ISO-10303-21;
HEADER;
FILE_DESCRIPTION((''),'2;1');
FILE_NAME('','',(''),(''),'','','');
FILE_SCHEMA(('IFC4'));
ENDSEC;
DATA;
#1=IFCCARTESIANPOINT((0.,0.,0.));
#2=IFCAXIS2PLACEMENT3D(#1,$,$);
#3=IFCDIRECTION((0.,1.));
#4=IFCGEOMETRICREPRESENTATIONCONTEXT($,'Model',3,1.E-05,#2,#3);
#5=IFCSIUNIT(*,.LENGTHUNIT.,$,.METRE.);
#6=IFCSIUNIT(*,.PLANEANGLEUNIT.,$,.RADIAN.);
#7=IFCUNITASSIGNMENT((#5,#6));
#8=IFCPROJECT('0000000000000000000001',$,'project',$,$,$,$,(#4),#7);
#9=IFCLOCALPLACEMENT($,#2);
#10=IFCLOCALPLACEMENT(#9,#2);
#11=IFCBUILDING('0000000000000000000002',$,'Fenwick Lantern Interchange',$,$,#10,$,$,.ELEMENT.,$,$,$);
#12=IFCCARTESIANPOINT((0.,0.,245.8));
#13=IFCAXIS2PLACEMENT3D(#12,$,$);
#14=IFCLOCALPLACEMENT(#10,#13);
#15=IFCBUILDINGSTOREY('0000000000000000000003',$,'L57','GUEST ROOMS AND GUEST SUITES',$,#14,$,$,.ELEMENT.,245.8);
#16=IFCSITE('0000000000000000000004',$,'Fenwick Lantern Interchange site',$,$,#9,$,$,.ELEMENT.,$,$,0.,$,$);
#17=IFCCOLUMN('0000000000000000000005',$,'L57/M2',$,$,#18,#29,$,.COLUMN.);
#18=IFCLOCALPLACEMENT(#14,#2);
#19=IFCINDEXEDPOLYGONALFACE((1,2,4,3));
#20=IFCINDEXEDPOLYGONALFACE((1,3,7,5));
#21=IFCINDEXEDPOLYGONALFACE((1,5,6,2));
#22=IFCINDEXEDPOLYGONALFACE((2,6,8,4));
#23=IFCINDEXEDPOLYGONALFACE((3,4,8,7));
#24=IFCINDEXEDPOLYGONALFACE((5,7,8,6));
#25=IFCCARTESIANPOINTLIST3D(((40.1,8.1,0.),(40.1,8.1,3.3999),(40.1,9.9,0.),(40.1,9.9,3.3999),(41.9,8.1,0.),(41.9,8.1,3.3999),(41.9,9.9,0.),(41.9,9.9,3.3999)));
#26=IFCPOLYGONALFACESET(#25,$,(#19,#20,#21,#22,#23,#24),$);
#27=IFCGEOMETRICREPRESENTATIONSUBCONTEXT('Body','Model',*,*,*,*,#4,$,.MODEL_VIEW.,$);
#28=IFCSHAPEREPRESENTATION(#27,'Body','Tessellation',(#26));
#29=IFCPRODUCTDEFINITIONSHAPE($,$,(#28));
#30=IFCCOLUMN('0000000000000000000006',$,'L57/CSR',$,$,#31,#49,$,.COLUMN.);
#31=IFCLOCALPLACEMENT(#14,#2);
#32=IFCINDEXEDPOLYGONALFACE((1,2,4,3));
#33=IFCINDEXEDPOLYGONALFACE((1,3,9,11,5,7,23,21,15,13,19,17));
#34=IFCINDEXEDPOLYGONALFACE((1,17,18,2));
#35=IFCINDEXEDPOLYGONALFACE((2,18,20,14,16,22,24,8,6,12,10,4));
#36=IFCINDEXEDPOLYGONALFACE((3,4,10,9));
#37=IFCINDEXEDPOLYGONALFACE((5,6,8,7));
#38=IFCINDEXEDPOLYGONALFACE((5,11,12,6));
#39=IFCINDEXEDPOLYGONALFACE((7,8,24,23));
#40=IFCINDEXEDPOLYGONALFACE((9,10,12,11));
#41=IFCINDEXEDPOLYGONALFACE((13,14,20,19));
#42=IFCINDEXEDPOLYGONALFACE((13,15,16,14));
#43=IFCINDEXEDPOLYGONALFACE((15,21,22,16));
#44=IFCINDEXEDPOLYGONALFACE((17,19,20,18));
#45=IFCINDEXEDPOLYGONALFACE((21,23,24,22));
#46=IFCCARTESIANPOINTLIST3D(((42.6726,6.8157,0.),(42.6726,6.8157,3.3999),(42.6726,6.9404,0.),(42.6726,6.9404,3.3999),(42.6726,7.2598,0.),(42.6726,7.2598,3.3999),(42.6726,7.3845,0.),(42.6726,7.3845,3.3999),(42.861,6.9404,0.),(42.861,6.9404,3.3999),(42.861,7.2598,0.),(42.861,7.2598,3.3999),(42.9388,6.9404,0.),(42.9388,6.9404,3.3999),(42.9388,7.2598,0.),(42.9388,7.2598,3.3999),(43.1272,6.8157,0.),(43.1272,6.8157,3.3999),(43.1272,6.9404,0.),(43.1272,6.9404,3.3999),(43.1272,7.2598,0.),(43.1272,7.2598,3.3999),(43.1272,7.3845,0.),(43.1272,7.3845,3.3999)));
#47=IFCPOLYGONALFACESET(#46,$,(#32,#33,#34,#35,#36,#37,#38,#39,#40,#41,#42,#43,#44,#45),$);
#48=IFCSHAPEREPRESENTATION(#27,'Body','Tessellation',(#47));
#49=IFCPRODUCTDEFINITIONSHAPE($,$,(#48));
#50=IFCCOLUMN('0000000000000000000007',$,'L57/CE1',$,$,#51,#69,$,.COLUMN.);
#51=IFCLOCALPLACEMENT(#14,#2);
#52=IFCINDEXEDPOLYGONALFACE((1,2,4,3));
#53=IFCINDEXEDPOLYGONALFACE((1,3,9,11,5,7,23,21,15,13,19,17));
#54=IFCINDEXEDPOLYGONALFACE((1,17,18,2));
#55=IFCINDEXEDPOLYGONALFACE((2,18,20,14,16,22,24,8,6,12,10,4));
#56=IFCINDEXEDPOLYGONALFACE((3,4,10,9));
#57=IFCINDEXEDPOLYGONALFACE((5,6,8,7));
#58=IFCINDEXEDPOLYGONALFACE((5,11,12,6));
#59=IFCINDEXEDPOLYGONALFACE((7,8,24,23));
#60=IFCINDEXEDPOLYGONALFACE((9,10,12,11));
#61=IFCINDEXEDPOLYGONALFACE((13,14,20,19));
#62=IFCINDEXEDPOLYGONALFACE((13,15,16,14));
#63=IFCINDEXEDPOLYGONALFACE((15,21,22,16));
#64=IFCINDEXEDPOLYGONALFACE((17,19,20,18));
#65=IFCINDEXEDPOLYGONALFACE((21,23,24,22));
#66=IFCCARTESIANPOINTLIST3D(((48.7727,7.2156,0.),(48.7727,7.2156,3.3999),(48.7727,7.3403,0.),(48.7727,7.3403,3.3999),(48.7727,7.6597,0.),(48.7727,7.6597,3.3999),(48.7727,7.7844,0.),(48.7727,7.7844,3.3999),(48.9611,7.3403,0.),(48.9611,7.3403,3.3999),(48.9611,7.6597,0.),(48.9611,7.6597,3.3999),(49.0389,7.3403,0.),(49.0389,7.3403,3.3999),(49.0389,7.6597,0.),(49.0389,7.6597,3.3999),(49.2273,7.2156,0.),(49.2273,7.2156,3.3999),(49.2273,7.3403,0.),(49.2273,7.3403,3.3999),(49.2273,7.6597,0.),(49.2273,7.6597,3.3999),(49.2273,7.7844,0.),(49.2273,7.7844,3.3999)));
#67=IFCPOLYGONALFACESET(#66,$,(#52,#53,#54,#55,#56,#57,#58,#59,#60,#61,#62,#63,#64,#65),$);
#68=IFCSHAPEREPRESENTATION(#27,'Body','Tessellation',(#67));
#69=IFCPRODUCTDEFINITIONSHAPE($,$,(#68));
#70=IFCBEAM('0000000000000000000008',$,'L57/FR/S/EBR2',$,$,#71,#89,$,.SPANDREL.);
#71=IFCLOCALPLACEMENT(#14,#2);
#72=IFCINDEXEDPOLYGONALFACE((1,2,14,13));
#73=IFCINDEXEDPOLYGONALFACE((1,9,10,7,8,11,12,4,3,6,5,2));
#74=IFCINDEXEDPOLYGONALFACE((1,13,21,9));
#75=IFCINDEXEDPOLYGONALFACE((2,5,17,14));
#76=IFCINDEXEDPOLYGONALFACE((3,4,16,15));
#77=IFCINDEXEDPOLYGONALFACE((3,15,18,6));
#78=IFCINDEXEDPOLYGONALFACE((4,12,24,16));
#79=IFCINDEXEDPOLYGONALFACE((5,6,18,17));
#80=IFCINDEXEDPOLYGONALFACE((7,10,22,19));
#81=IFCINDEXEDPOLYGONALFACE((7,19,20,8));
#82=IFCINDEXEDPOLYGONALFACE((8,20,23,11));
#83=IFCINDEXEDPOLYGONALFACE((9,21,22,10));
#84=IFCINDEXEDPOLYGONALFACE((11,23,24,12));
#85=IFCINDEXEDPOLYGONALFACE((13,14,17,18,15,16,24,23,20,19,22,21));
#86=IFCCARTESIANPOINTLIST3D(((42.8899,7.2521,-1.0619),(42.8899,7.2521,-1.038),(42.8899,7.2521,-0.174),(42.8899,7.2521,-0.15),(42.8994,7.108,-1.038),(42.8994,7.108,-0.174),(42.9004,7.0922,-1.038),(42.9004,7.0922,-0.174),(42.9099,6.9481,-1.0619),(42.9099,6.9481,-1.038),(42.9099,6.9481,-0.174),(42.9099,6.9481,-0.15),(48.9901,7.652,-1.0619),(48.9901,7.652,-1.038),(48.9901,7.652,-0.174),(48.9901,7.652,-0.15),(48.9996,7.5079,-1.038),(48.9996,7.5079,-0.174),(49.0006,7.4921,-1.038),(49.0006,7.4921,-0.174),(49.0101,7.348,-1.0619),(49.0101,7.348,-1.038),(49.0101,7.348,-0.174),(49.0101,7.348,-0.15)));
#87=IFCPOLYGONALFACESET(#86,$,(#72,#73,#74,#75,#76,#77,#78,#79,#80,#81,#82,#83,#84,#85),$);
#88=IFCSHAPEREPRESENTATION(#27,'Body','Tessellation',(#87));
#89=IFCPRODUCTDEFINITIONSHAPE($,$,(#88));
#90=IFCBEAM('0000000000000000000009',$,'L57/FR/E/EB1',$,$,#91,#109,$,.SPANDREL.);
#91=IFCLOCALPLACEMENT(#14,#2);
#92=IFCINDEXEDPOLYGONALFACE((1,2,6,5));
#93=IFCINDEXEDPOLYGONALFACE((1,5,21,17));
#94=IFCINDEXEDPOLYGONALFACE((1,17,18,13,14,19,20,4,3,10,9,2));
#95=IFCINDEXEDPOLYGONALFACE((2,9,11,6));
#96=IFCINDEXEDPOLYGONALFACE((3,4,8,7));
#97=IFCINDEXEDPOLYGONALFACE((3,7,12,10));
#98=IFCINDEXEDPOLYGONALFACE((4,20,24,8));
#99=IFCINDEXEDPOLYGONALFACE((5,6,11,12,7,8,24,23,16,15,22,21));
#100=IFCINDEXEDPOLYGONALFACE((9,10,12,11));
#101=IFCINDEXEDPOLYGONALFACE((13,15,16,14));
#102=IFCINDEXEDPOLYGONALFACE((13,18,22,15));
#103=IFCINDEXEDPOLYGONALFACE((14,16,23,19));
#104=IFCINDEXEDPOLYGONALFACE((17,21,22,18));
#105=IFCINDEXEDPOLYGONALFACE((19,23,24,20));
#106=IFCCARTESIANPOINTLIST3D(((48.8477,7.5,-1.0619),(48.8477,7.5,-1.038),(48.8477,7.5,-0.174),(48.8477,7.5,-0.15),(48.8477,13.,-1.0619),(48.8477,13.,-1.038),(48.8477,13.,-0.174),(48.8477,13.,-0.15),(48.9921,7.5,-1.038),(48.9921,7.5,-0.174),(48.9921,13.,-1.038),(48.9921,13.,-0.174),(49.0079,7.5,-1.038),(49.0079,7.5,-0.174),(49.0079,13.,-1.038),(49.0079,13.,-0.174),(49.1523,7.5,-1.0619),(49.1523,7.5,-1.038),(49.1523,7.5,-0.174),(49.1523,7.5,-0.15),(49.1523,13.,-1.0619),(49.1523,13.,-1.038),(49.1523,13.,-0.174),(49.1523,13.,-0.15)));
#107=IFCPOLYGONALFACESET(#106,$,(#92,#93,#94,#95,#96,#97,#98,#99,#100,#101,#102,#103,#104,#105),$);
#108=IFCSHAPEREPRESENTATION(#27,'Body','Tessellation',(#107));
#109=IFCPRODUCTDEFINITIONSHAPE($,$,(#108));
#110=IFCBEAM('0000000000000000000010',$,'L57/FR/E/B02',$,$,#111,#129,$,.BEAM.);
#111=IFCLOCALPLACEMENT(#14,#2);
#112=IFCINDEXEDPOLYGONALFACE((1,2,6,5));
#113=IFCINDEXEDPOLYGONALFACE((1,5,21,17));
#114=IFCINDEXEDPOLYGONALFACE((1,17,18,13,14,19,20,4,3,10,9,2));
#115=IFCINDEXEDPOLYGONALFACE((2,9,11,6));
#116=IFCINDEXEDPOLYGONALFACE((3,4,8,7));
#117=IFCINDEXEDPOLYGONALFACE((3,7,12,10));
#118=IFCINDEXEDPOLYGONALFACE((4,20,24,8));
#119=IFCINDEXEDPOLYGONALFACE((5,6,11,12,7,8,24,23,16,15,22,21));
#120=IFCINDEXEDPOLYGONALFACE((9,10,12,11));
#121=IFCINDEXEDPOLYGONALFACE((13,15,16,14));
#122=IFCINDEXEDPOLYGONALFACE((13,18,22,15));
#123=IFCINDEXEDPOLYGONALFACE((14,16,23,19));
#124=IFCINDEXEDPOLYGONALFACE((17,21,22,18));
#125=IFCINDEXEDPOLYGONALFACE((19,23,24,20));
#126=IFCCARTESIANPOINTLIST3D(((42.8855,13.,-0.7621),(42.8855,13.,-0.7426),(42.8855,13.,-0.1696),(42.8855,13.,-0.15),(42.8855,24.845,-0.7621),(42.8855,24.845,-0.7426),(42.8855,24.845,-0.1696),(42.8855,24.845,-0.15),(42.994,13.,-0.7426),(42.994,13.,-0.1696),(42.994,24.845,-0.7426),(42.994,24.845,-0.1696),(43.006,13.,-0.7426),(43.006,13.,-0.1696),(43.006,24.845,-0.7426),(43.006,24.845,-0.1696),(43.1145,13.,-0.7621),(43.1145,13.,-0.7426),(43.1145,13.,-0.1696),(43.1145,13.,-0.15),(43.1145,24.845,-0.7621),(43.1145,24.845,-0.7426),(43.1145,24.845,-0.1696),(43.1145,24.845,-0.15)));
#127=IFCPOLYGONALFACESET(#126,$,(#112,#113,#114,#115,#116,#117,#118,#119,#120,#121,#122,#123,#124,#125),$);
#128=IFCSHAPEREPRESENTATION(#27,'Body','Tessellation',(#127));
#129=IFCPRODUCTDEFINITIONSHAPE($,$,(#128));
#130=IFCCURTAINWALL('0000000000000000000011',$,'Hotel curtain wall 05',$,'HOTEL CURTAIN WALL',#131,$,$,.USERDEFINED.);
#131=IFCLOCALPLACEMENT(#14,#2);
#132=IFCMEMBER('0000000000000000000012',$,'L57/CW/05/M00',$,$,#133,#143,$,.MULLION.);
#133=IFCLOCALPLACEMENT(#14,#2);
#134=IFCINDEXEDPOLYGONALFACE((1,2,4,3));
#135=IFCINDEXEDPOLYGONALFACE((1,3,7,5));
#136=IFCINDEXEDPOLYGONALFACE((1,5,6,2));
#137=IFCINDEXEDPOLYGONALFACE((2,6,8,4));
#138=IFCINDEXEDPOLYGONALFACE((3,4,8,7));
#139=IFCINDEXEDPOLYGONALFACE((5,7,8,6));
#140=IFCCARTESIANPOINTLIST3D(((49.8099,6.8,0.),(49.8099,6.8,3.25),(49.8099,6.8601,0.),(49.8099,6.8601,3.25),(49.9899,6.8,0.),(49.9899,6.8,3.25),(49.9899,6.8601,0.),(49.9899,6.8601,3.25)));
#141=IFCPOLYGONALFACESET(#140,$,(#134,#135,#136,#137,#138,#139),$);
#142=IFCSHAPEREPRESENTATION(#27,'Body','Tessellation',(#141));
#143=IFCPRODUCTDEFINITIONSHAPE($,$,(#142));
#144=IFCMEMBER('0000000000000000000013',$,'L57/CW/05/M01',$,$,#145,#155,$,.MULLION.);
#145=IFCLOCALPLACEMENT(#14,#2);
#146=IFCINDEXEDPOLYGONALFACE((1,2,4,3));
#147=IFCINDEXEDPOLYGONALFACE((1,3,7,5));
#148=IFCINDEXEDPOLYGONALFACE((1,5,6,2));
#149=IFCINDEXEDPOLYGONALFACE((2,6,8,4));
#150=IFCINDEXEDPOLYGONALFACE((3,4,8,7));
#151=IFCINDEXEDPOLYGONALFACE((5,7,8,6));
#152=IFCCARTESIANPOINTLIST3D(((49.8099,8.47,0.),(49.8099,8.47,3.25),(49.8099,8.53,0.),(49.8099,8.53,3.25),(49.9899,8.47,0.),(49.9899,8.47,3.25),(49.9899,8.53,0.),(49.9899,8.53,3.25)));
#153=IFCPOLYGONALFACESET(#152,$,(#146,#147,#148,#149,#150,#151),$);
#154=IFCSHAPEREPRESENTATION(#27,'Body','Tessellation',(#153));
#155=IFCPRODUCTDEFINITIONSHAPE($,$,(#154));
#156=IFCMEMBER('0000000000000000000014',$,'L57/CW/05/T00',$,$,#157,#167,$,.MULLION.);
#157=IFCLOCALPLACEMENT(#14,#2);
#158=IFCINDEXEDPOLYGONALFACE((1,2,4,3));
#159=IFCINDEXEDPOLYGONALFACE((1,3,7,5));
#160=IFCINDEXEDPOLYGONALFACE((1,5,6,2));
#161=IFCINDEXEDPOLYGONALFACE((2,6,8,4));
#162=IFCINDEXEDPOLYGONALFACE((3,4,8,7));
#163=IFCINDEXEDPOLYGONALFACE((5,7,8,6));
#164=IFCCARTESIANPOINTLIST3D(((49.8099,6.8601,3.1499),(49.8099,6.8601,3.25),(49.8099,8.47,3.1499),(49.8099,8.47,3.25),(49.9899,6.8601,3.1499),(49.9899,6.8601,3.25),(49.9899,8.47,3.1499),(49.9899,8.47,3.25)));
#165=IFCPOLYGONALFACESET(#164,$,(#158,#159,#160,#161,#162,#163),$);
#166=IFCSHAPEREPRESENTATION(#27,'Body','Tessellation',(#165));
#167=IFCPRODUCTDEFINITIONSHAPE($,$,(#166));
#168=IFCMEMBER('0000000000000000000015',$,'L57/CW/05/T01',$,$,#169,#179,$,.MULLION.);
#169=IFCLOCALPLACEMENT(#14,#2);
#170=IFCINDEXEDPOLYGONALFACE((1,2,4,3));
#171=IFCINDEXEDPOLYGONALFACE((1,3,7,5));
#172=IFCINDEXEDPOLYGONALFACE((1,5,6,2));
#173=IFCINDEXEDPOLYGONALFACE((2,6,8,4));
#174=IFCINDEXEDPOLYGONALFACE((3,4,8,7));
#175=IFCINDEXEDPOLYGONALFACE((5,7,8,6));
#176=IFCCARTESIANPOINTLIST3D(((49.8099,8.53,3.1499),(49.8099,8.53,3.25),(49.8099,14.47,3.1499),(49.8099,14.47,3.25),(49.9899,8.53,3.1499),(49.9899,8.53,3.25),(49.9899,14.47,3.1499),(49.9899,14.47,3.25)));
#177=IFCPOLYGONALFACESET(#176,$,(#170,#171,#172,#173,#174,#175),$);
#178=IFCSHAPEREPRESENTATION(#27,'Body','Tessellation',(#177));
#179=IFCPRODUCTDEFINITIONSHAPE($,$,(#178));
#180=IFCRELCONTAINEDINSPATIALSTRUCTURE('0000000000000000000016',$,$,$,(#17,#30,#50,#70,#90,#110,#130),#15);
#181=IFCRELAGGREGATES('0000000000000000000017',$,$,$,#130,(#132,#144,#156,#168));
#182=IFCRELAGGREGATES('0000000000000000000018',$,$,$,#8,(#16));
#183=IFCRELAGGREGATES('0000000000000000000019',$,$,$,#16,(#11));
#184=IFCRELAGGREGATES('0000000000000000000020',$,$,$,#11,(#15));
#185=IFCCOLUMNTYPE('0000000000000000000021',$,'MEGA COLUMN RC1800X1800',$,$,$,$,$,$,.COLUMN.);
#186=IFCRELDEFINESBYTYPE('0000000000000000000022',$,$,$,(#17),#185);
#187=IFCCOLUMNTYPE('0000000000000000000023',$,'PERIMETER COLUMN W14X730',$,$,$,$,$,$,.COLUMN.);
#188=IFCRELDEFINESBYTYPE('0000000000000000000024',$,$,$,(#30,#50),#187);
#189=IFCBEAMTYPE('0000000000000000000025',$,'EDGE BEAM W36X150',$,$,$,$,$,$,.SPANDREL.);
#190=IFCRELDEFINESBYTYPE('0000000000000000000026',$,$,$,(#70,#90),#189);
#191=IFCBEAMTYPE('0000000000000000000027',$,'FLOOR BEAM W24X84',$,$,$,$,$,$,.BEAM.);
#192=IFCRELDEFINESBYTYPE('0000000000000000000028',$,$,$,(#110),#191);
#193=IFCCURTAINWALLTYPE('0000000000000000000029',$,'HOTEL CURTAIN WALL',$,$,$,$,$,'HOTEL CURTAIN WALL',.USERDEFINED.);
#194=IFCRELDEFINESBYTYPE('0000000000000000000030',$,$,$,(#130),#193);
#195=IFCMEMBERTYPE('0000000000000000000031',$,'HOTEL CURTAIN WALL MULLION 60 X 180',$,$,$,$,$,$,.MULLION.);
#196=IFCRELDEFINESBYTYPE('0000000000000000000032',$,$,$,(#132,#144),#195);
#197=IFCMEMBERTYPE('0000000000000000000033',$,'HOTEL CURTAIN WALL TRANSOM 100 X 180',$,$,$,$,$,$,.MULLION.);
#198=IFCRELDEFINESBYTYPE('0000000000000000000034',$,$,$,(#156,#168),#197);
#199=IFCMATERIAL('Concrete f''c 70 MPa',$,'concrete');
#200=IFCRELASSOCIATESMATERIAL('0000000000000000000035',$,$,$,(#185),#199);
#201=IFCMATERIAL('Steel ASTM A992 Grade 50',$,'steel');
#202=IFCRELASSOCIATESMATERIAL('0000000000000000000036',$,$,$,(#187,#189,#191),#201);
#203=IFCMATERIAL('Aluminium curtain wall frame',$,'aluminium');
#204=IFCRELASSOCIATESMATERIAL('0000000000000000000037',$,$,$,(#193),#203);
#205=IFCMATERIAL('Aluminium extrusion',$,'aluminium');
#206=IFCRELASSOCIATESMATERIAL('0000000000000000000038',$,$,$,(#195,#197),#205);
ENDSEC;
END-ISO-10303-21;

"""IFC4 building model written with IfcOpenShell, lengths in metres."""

from ifc_helpers import new_model, si_unit, direction, frame, origin, origin_2d, place, context, subcontext, project, spatial, rectangle, i_section, extrude, material, material_profile, profile_set, type_object, element, aggregate, save


model = new_model("IFC4")

# Units and contexts
model_context = context("Model", 3, precision=1e-05, world=origin(), true_north=direction((0.0, 1.0)))
body_context = subcontext(model_context, "Body", "Model", "MODEL_VIEW")
ifc_project = project(units=[si_unit("LENGTHUNIT", "METRE"), si_unit("PLANEANGLEUNIT", "RADIAN")], contexts=[model_context])

# Site, building, storey
site_placement = place(None, origin())
site = spatial("IfcSite", under=ifc_project, at=site_placement, Name="Fenwick Lantern Interchange site", CompositionType="ELEMENT", RefElevation=0.0)
building_placement = place(site_placement, origin())
building = spatial("IfcBuilding", under=site, at=building_placement, Name="Fenwick Lantern Interchange", CompositionType="ELEMENT")
storey_placement = place(building_placement, frame((0.0, 0.0, 245.8)))
storey = spatial("IfcBuildingStorey", under=building, at=storey_placement, Name="L57", Description="GUEST ROOMS AND GUEST SUITES", CompositionType="ELEMENT", Elevation=245.8)

# Columns
ifc_material_1 = material(Name="Concrete f'c 70 MPa", Category="concrete")
ifc_material_profile_1 = material_profile(ifc_material_1, rectangle(XDim=1.8, YDim=1.8, at=origin_2d()), Name="RC1800X1800")
ifc_profile_set_1 = profile_set([ifc_material_profile_1], Name="Concrete f'c 70 MPa")
column_type_1 = type_object("IfcColumnType", Name="MEGA COLUMN RC1800X1800", PredefinedType="COLUMN", material=ifc_profile_set_1)
column_placement = place(storey_placement, frame((41.0, 9.0, 0.0), z_axis=(0.0, 0.0, 1.0), x_axis=(1.0, 0.0, 0.0)))
element("IfcColumn", 1, at=column_placement, inside=storey, type_object=column_type_1, Name="L57/M2", PredefinedType="COLUMN", context=body_context, shape_type="SweptSolid", body=[
    extrude(rectangle(XDim=1.8, YDim=1.8, at=origin_2d()), origin(), (0.0, 0.0, 1.0), 3.3999),
])
ifc_material_2 = material(Name="Steel ASTM A992 Grade 50", Category="steel")
ifc_material_profile_2 = material_profile(ifc_material_2, i_section(OverallWidth=0.4546, OverallDepth=0.5688, WebThickness=0.0779, FlangeThickness=0.1248, at=origin_2d()), Name="W14X730")
ifc_profile_set_2 = profile_set([ifc_material_profile_2], Name="Steel ASTM A992 Grade 50")
column_type_2 = type_object("IfcColumnType", Name="PERIMETER COLUMN W14X730", PredefinedType="COLUMN", material=ifc_profile_set_2)
for number, where, z_axis, x_axis, name in (
    (2, (42.8999, 7.1001, 0.0), (0.0, 0.0, 1.0), (1.0, 0.0, 0.0), "L57/CSR"),
    (3, (49.0, 7.5, 0.0), (0.0, 0.0, 1.0), (1.0, 0.0, 0.0), "L57/CE1"),
):
    element("IfcColumn", number, at=place(storey_placement, frame(where, z_axis=z_axis, x_axis=x_axis)), inside=storey, type_object=column_type_2, Name=name, PredefinedType="COLUMN", context=body_context, shape_type="SweptSolid", body=[
        extrude(i_section(OverallWidth=0.4546, OverallDepth=0.5688, WebThickness=0.0779, FlangeThickness=0.1248, at=origin_2d()), origin(), (0.0, 0.0, 1.0), 3.3999),
    ])

# Beams
ifc_material_profile_3 = material_profile(ifc_material_2, i_section(OverallWidth=0.3047, OverallDepth=0.9119, WebThickness=0.0159, FlangeThickness=0.0239, at=origin_2d()), Name="W36X150")
ifc_profile_set_3 = profile_set([ifc_material_profile_3], Name="Steel ASTM A992 Grade 50")
beam_type_1 = type_object("IfcBeamType", Name="EDGE BEAM W36X150", PredefinedType="SPANDREL", material=ifc_profile_set_3)
beam_1_placement = place(storey_placement, frame((42.8999, 7.1001, -0.606), z_axis=(0.997858, 0.065416, 0.0), x_axis=(-0.065416, 0.997858, 0.0)))
element("IfcBeam", 4, at=beam_1_placement, inside=storey, type_object=beam_type_1, Name="L57/FR/S/EBR2", PredefinedType="SPANDREL", context=body_context, shape_type="SweptSolid", body=[
    extrude(i_section(OverallWidth=0.3047, OverallDepth=0.9119, WebThickness=0.0159, FlangeThickness=0.0239, at=origin_2d()), origin(), (0.0, 0.0, 1.0), 6.1133),
])
beam_2_placement = place(storey_placement, frame((49.0, 7.5, -0.606), z_axis=(0.0, 1.0, 0.0), x_axis=(-1.0, 0.0, 0.0)))
element("IfcBeam", 5, at=beam_2_placement, inside=storey, type_object=beam_type_1, Name="L57/FR/E/EB1", PredefinedType="SPANDREL", context=body_context, shape_type="SweptSolid", body=[
    extrude(i_section(OverallWidth=0.3047, OverallDepth=0.9119, WebThickness=0.0159, FlangeThickness=0.0239, at=origin_2d()), origin(), (0.0, 0.0, 1.0), 5.5),
])
ifc_material_profile_4 = material_profile(ifc_material_2, i_section(OverallWidth=0.229, OverallDepth=0.6121, WebThickness=0.012, FlangeThickness=0.0195, at=origin_2d()), Name="W24X84")
ifc_profile_set_4 = profile_set([ifc_material_profile_4], Name="Steel ASTM A992 Grade 50")
beam_type_2 = type_object("IfcBeamType", Name="FLOOR BEAM W24X84", PredefinedType="BEAM", material=ifc_profile_set_4)
beam_3_placement = place(storey_placement, frame((43.0, 13.0, -0.4561), z_axis=(0.0, 1.0, 0.0), x_axis=(-1.0, 0.0, 0.0)))
element("IfcBeam", 6, at=beam_3_placement, inside=storey, type_object=beam_type_2, Name="L57/FR/E/B02", PredefinedType="BEAM", context=body_context, shape_type="SweptSolid", body=[
    extrude(i_section(OverallWidth=0.229, OverallDepth=0.6121, WebThickness=0.012, FlangeThickness=0.0195, at=origin_2d()), origin(), (0.0, 0.0, 1.0), 11.845),
])

# Curtain wall, members
ifc_material_3 = material(Name="Aluminium curtain wall frame", Category="aluminium")
curtain_wall_type = type_object("IfcCurtainWallType", Name="HOTEL CURTAIN WALL", ElementType="HOTEL CURTAIN WALL", PredefinedType="USERDEFINED", material=ifc_material_3)
curtain_wall_placement = place(storey_placement, origin())
curtain_wall = element("IfcCurtainWall", 7, at=curtain_wall_placement, inside=storey, type_object=curtain_wall_type, Name="Hotel curtain wall 05", ObjectType="HOTEL CURTAIN WALL", PredefinedType="USERDEFINED")
ifc_material_4 = material(Name="Aluminium extrusion", Category="aluminium")
ifc_material_profile_5 = material_profile(ifc_material_4, rectangle(XDim=0.1799, YDim=0.0601, at=origin_2d()), Name="HOTEL CURTAIN WALL MULLION 60 X 180")
ifc_profile_set_5 = profile_set([ifc_material_profile_5], Name="Aluminium extrusion")
member_type_1 = type_object("IfcMemberType", Name="HOTEL CURTAIN WALL MULLION 60 X 180", PredefinedType="MULLION", material=ifc_profile_set_5)
member_1_placement = place(storey_placement, frame((49.8999, 6.8301, 0.0), z_axis=(0.0, 0.0, 1.0), x_axis=(-1.0, 0.0, 0.0)))
member_1 = element("IfcMember", 8, at=member_1_placement, type_object=member_type_1, Name="L57/CW/05/M00", PredefinedType="MULLION", context=body_context, shape_type="SweptSolid", body=[
    extrude(rectangle(XDim=0.1799, YDim=0.0601, at=origin_2d()), origin(), (0.0, 0.0, 1.0), 3.25),
])
member_2_placement = place(storey_placement, frame((49.8999, 8.5, 0.0), z_axis=(0.0, 0.0, 1.0), x_axis=(-1.0, 0.0, 0.0)))
member_2 = element("IfcMember", 9, at=member_2_placement, type_object=member_type_1, Name="L57/CW/05/M01", PredefinedType="MULLION", context=body_context, shape_type="SweptSolid", body=[
    extrude(rectangle(XDim=0.1799, YDim=0.0601, at=origin_2d()), origin(), (0.0, 0.0, 1.0), 3.25),
])
ifc_material_profile_6 = material_profile(ifc_material_4, rectangle(XDim=0.1799, YDim=0.1001, at=origin_2d()), Name="HOTEL CURTAIN WALL TRANSOM 100 X 180")
ifc_profile_set_6 = profile_set([ifc_material_profile_6], Name="Aluminium extrusion")
member_type_2 = type_object("IfcMemberType", Name="HOTEL CURTAIN WALL TRANSOM 100 X 180", PredefinedType="MULLION", material=ifc_profile_set_6)
member_3_placement = place(storey_placement, frame((49.8999, 6.8601, 3.2), z_axis=(0.0, 1.0, 0.0), x_axis=(-1.0, 0.0, 0.0)))
member_3 = element("IfcMember", 10, at=member_3_placement, type_object=member_type_2, Name="L57/CW/05/T00", PredefinedType="MULLION", context=body_context, shape_type="SweptSolid", body=[
    extrude(rectangle(XDim=0.1799, YDim=0.1001, at=origin_2d()), origin(), (0.0, 0.0, 1.0), 1.6099),
])
member_4_placement = place(storey_placement, frame((49.8999, 8.53, 3.2), z_axis=(0.0, 1.0, 0.0), x_axis=(-1.0, 0.0, 0.0)))
member_4 = element("IfcMember", 11, at=member_4_placement, type_object=member_type_2, Name="L57/CW/05/T01", PredefinedType="MULLION", context=body_context, shape_type="SweptSolid", body=[
    extrude(rectangle(XDim=0.1799, YDim=0.1001, at=origin_2d()), origin(), (0.0, 0.0, 1.0), 5.9399),
])
aggregate(curtain_wall, [member_1, member_2, member_3, member_4])

save(model, "model.ifc")
